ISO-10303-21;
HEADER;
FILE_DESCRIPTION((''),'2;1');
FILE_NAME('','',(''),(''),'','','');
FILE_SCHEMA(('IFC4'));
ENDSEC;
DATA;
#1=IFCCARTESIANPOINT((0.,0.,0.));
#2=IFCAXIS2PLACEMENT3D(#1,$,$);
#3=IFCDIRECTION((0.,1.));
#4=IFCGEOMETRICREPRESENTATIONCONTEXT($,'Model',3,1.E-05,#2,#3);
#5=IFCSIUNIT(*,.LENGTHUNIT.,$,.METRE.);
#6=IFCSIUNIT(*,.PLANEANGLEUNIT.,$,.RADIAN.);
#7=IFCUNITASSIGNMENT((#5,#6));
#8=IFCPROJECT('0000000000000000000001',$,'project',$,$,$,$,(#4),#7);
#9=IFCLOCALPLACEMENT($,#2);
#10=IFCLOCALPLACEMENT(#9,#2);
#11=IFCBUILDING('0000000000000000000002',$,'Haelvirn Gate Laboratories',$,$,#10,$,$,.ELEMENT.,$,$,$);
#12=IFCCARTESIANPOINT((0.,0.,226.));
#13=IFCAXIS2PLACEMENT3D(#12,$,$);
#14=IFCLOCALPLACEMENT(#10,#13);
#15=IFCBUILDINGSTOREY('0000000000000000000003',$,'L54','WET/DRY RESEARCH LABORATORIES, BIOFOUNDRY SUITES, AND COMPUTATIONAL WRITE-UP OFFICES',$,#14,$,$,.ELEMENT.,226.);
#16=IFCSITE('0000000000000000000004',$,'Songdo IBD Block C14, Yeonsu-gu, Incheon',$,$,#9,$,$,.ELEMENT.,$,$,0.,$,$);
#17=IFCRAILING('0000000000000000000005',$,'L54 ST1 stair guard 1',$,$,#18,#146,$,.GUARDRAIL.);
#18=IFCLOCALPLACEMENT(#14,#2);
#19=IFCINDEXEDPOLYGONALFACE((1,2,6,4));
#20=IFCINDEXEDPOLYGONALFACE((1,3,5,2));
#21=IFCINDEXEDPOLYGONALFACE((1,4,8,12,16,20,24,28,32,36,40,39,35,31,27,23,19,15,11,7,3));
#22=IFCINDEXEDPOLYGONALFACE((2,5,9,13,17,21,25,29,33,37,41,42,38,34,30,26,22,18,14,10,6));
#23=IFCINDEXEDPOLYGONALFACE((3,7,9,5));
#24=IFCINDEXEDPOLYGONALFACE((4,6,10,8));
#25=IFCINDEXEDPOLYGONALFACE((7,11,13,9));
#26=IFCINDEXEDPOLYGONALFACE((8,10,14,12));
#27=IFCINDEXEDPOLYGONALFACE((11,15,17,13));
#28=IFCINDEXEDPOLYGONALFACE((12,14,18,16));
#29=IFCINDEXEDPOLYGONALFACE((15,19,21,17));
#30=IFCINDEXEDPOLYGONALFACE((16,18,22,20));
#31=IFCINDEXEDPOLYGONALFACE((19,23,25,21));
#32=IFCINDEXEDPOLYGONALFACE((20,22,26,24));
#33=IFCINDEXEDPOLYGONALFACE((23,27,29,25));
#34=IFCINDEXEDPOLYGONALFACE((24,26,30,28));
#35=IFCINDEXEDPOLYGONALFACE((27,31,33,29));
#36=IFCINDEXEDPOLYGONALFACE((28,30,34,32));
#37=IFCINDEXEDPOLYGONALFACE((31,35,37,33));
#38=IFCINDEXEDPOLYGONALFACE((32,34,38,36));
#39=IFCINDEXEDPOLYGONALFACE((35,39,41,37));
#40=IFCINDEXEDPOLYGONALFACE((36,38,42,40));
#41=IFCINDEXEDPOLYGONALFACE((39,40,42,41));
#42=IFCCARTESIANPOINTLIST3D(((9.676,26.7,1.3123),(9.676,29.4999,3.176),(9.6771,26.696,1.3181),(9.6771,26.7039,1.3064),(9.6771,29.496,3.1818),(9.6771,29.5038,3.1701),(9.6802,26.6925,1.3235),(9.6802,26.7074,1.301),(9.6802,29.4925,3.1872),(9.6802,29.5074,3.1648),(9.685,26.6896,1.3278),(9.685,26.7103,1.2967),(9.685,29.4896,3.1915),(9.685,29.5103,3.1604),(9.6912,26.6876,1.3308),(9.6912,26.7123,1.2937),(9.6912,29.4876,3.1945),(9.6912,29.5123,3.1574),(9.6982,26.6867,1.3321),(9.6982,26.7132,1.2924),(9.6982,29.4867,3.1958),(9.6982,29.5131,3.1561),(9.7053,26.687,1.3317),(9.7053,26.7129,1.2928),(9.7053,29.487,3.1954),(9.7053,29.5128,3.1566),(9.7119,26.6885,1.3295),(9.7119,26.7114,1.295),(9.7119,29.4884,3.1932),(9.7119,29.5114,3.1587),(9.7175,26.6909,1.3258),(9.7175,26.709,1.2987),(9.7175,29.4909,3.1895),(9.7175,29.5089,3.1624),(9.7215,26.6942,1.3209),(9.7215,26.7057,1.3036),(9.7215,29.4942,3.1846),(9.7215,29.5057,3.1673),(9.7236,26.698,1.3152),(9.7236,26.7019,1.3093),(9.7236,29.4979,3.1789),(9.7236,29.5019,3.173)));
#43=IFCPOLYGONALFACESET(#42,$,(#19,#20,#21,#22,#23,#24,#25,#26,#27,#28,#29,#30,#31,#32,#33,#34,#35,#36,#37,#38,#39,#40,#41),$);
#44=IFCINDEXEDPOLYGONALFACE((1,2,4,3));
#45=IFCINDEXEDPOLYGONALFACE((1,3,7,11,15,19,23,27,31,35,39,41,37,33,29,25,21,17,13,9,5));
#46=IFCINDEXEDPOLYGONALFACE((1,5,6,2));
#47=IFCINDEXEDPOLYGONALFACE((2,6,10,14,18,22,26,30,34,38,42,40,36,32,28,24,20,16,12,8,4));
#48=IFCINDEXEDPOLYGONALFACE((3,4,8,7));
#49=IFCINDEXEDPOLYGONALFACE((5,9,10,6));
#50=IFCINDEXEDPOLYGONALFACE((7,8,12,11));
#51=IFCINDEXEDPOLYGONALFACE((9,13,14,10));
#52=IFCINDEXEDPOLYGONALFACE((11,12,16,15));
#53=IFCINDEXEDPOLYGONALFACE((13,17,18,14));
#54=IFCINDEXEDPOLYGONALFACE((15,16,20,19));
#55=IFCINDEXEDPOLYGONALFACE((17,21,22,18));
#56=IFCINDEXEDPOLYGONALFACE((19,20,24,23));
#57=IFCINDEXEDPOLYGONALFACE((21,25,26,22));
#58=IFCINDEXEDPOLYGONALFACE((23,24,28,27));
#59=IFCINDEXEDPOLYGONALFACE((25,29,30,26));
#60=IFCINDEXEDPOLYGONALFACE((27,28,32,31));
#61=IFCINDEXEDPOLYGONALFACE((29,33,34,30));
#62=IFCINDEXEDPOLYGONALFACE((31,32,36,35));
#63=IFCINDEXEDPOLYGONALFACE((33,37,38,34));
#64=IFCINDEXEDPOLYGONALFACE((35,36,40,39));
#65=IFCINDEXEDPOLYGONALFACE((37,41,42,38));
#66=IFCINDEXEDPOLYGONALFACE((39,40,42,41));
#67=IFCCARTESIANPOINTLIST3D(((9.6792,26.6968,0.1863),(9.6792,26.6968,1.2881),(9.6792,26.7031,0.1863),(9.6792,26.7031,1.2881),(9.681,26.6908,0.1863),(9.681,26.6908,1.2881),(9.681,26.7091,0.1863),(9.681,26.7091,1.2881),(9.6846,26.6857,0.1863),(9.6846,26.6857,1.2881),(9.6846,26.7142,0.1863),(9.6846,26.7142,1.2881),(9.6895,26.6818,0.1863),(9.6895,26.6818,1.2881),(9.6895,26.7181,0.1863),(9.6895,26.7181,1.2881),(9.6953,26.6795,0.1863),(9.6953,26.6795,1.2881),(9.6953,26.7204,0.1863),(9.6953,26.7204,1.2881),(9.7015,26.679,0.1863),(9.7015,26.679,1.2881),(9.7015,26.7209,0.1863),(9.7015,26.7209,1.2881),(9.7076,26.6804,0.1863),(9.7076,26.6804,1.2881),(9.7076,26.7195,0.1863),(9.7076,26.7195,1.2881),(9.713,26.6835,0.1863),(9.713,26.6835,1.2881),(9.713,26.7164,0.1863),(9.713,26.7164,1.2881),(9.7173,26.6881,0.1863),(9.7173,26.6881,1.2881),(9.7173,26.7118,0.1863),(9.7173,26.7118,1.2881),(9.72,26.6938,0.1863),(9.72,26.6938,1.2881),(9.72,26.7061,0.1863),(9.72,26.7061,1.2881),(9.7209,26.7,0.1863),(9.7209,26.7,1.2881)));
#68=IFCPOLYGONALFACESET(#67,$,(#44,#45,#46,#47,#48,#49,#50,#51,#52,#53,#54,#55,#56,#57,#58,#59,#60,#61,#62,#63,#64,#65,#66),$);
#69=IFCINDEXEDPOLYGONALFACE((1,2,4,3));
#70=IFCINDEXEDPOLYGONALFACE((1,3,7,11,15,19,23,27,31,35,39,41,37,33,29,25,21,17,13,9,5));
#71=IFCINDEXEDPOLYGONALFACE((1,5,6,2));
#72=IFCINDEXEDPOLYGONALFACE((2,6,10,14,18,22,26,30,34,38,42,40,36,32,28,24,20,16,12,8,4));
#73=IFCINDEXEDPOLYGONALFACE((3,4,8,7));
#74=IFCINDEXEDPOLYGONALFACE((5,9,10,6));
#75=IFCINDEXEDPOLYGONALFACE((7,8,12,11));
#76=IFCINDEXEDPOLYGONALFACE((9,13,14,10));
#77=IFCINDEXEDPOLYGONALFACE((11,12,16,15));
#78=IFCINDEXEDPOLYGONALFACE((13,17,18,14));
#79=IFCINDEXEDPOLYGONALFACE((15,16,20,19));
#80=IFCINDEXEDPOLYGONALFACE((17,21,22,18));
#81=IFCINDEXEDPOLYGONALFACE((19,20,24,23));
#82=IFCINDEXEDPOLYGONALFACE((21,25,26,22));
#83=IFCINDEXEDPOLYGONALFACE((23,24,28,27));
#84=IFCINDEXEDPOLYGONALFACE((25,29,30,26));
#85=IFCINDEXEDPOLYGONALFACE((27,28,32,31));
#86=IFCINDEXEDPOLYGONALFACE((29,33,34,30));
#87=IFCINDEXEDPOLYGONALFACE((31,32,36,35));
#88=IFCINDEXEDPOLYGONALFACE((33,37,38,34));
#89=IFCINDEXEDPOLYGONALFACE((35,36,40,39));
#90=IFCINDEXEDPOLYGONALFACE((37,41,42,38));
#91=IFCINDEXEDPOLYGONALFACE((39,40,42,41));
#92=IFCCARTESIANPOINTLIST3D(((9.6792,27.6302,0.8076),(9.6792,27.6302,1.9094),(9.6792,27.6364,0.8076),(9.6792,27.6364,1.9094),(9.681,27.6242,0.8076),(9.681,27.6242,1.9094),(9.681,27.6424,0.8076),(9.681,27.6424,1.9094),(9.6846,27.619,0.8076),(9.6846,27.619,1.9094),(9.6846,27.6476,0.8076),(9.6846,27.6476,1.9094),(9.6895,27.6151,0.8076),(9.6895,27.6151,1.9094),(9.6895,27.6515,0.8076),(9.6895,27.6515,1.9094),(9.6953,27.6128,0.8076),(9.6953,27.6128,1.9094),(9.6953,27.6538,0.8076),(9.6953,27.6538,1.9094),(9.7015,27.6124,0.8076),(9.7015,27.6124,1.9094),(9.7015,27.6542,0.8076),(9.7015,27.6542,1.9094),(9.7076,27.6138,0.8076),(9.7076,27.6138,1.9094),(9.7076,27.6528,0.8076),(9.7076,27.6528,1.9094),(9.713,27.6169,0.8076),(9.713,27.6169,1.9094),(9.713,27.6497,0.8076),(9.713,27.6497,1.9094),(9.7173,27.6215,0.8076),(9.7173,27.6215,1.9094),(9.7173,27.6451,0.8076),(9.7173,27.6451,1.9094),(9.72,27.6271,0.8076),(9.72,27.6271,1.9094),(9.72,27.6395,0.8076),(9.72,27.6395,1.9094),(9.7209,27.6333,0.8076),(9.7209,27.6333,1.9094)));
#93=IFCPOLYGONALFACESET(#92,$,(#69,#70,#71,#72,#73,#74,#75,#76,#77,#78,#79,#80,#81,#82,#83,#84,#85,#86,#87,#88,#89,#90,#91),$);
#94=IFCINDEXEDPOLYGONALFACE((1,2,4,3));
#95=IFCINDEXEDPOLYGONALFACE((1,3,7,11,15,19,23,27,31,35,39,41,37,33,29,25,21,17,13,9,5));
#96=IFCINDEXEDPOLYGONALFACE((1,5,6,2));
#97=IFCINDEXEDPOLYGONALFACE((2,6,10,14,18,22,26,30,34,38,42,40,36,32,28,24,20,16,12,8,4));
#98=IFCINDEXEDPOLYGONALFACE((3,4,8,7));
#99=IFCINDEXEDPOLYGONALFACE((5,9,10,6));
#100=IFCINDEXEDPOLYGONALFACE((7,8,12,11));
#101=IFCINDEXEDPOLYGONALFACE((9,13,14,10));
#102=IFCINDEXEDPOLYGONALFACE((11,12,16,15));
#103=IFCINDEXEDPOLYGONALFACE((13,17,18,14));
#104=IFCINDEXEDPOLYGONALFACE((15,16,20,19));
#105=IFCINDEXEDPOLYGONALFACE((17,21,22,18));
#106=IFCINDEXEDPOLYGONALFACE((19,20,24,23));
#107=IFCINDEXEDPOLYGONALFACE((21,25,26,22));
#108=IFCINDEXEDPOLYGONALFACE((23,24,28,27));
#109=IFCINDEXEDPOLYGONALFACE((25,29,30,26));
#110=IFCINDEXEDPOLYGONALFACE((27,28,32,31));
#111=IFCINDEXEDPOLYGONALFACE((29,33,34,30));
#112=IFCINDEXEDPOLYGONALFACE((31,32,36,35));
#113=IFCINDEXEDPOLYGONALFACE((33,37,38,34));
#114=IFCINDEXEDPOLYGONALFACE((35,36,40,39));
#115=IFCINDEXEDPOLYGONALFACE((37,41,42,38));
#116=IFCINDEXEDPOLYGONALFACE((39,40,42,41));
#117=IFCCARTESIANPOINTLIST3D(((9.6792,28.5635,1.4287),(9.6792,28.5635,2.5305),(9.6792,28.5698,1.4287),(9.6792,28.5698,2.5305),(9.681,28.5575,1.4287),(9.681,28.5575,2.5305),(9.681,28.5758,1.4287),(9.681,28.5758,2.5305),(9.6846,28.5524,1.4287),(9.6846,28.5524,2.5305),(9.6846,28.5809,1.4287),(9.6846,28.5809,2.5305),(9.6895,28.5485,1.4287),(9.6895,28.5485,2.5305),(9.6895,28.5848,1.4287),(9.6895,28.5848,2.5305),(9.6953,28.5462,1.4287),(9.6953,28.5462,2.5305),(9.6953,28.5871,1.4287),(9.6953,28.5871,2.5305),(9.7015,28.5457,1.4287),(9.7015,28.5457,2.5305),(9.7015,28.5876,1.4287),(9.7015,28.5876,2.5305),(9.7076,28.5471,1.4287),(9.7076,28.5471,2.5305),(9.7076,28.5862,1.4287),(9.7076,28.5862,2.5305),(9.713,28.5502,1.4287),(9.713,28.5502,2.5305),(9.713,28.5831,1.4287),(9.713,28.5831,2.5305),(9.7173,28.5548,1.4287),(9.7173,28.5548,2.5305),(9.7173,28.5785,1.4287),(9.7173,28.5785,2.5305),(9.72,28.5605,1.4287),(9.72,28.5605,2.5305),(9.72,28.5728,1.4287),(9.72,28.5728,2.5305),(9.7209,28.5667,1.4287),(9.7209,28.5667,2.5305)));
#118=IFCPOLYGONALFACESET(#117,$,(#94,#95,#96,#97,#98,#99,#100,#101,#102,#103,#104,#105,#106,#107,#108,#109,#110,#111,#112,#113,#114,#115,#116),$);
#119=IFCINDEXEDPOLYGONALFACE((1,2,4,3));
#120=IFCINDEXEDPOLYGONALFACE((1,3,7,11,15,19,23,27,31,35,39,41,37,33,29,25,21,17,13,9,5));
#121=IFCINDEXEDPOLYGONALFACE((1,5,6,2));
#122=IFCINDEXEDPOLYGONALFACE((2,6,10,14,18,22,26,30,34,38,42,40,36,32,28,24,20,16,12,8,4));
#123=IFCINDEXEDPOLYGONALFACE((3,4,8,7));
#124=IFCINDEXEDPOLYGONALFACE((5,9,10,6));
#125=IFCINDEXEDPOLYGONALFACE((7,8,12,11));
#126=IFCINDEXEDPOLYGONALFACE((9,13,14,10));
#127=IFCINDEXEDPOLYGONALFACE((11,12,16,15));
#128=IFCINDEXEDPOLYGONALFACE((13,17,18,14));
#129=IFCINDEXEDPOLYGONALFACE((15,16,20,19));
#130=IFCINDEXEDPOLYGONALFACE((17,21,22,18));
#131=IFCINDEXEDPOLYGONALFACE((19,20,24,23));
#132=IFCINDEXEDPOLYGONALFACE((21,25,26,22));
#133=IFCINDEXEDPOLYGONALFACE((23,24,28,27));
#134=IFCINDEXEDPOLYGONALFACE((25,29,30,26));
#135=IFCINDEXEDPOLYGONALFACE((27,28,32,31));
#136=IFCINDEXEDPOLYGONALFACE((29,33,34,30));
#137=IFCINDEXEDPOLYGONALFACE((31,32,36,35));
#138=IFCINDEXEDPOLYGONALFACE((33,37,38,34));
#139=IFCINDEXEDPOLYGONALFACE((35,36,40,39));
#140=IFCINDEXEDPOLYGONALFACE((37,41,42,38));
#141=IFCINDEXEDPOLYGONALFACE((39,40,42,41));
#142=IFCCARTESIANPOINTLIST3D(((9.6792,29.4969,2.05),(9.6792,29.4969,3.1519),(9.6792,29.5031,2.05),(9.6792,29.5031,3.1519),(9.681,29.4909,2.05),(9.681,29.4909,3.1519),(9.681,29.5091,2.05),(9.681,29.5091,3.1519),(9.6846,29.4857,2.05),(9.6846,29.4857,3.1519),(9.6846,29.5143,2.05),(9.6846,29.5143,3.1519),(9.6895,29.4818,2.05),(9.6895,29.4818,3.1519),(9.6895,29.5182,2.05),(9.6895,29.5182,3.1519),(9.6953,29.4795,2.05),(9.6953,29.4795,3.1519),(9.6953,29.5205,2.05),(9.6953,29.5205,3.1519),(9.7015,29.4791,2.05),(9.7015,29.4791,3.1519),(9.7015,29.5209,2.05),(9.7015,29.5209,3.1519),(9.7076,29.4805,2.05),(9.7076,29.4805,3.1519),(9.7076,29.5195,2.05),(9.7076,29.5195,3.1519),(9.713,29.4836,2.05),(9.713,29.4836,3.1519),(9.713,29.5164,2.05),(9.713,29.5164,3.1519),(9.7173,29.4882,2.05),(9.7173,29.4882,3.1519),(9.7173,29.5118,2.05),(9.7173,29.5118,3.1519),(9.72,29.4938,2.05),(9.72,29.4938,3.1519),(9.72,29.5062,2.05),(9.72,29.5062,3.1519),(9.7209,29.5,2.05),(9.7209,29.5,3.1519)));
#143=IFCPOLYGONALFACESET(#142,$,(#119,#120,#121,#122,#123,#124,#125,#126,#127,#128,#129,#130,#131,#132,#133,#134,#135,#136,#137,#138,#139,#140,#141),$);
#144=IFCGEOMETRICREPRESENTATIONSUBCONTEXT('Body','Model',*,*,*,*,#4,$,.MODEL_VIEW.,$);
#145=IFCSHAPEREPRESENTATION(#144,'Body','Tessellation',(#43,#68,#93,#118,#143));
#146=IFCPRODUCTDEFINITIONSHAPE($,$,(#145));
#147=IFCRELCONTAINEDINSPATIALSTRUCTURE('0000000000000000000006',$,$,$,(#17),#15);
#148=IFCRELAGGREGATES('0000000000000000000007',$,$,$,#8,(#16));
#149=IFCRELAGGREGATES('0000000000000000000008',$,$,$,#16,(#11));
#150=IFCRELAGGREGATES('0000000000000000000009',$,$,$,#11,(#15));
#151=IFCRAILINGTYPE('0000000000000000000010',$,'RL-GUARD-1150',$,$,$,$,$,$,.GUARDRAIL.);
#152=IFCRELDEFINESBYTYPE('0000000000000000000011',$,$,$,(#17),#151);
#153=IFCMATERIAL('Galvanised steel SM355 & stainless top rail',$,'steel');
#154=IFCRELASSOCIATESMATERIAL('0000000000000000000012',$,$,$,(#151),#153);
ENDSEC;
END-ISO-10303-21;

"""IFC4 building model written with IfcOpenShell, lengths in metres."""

from ifc_helpers import new_model, si_unit, direction, frame, origin, origin_2d, place, context, subcontext, project, spatial, circle, extrude, source, transform, mapped, material, type_object, element, save


model = new_model("IFC4")

# Units and contexts
model_context = context("Model", 3, precision=1e-05, world=origin(), true_north=direction((0.0, 1.0)))
body_context = subcontext(model_context, "Body", "Model", "MODEL_VIEW")
ifc_project = project(units=[si_unit("LENGTHUNIT", "METRE"), si_unit("PLANEANGLEUNIT", "RADIAN")], contexts=[model_context])

# Site, building, storey
site_placement = place(None, origin())
site = spatial("IfcSite", under=ifc_project, at=site_placement, Name="Songdo IBD Block C14, Yeonsu-gu, Incheon", CompositionType="ELEMENT", RefElevation=0.0)
building_placement = place(site_placement, origin())
building = spatial("IfcBuilding", under=site, at=building_placement, Name="Haelvirn Gate Laboratories", CompositionType="ELEMENT")
storey_placement = place(building_placement, frame((0.0, 0.0, 226.0)))
storey = spatial("IfcBuildingStorey", under=building, at=storey_placement, Name="L54", Description="WET/DRY RESEARCH LABORATORIES, BIOFOUNDRY SUITES, AND COMPUTATIONAL WRITE-UP OFFICES", CompositionType="ELEMENT", Elevation=226.0)

# Railing
ifc_material_1 = material(Name="Galvanised steel SM355 & stainless top rail", Category="steel")
railing_type_1 = type_object("IfcRailingType", Name="RL-GUARD-1150", PredefinedType="GUARDRAIL", material=ifc_material_1)
shared_shape_1 = source(origin(), body_context, "Body", "SweptSolid", [
    extrude(circle(Radius=0.0239, at=origin_2d()), frame((0.0, 0.0, 1.126), z_axis=(0.0, 0.832452, 0.554097), x_axis=(-1.0, 0.0, 0.0)), (0.0, 0.0, 1.0), 3.3635),
    extrude(circle(Radius=0.021, at=origin_2d()), origin(), (0.0, 0.0, 1.0), 1.1018),
    extrude(circle(Radius=0.021, at=origin_2d()), frame((0.0, 0.9333, 0.6213)), (0.0, 0.0, 1.0), 1.1018),
    extrude(circle(Radius=0.021, at=origin_2d()), frame((0.0, 1.8667, 1.2424)), (0.0, 0.0, 1.0), 1.1018),
    extrude(circle(Radius=0.021, at=origin_2d()), frame((0.0, 2.8, 1.8638)), (0.0, 0.0, 1.0), 1.1018),
])
railing_1_placement = place(storey_placement, frame((9.7, 26.7, 0.1863)))
element("IfcRailing", 1, at=railing_1_placement, inside=storey, type_object=railing_type_1, Name="L54 ST1 stair guard 1", PredefinedType="GUARDRAIL", context=body_context, shape_type="MappedRepresentation", body=[
    mapped(shared_shape_1, transform((0.0, 0.0, 0.0), scale=1.0)),
])

save(model, "model.ifc")
